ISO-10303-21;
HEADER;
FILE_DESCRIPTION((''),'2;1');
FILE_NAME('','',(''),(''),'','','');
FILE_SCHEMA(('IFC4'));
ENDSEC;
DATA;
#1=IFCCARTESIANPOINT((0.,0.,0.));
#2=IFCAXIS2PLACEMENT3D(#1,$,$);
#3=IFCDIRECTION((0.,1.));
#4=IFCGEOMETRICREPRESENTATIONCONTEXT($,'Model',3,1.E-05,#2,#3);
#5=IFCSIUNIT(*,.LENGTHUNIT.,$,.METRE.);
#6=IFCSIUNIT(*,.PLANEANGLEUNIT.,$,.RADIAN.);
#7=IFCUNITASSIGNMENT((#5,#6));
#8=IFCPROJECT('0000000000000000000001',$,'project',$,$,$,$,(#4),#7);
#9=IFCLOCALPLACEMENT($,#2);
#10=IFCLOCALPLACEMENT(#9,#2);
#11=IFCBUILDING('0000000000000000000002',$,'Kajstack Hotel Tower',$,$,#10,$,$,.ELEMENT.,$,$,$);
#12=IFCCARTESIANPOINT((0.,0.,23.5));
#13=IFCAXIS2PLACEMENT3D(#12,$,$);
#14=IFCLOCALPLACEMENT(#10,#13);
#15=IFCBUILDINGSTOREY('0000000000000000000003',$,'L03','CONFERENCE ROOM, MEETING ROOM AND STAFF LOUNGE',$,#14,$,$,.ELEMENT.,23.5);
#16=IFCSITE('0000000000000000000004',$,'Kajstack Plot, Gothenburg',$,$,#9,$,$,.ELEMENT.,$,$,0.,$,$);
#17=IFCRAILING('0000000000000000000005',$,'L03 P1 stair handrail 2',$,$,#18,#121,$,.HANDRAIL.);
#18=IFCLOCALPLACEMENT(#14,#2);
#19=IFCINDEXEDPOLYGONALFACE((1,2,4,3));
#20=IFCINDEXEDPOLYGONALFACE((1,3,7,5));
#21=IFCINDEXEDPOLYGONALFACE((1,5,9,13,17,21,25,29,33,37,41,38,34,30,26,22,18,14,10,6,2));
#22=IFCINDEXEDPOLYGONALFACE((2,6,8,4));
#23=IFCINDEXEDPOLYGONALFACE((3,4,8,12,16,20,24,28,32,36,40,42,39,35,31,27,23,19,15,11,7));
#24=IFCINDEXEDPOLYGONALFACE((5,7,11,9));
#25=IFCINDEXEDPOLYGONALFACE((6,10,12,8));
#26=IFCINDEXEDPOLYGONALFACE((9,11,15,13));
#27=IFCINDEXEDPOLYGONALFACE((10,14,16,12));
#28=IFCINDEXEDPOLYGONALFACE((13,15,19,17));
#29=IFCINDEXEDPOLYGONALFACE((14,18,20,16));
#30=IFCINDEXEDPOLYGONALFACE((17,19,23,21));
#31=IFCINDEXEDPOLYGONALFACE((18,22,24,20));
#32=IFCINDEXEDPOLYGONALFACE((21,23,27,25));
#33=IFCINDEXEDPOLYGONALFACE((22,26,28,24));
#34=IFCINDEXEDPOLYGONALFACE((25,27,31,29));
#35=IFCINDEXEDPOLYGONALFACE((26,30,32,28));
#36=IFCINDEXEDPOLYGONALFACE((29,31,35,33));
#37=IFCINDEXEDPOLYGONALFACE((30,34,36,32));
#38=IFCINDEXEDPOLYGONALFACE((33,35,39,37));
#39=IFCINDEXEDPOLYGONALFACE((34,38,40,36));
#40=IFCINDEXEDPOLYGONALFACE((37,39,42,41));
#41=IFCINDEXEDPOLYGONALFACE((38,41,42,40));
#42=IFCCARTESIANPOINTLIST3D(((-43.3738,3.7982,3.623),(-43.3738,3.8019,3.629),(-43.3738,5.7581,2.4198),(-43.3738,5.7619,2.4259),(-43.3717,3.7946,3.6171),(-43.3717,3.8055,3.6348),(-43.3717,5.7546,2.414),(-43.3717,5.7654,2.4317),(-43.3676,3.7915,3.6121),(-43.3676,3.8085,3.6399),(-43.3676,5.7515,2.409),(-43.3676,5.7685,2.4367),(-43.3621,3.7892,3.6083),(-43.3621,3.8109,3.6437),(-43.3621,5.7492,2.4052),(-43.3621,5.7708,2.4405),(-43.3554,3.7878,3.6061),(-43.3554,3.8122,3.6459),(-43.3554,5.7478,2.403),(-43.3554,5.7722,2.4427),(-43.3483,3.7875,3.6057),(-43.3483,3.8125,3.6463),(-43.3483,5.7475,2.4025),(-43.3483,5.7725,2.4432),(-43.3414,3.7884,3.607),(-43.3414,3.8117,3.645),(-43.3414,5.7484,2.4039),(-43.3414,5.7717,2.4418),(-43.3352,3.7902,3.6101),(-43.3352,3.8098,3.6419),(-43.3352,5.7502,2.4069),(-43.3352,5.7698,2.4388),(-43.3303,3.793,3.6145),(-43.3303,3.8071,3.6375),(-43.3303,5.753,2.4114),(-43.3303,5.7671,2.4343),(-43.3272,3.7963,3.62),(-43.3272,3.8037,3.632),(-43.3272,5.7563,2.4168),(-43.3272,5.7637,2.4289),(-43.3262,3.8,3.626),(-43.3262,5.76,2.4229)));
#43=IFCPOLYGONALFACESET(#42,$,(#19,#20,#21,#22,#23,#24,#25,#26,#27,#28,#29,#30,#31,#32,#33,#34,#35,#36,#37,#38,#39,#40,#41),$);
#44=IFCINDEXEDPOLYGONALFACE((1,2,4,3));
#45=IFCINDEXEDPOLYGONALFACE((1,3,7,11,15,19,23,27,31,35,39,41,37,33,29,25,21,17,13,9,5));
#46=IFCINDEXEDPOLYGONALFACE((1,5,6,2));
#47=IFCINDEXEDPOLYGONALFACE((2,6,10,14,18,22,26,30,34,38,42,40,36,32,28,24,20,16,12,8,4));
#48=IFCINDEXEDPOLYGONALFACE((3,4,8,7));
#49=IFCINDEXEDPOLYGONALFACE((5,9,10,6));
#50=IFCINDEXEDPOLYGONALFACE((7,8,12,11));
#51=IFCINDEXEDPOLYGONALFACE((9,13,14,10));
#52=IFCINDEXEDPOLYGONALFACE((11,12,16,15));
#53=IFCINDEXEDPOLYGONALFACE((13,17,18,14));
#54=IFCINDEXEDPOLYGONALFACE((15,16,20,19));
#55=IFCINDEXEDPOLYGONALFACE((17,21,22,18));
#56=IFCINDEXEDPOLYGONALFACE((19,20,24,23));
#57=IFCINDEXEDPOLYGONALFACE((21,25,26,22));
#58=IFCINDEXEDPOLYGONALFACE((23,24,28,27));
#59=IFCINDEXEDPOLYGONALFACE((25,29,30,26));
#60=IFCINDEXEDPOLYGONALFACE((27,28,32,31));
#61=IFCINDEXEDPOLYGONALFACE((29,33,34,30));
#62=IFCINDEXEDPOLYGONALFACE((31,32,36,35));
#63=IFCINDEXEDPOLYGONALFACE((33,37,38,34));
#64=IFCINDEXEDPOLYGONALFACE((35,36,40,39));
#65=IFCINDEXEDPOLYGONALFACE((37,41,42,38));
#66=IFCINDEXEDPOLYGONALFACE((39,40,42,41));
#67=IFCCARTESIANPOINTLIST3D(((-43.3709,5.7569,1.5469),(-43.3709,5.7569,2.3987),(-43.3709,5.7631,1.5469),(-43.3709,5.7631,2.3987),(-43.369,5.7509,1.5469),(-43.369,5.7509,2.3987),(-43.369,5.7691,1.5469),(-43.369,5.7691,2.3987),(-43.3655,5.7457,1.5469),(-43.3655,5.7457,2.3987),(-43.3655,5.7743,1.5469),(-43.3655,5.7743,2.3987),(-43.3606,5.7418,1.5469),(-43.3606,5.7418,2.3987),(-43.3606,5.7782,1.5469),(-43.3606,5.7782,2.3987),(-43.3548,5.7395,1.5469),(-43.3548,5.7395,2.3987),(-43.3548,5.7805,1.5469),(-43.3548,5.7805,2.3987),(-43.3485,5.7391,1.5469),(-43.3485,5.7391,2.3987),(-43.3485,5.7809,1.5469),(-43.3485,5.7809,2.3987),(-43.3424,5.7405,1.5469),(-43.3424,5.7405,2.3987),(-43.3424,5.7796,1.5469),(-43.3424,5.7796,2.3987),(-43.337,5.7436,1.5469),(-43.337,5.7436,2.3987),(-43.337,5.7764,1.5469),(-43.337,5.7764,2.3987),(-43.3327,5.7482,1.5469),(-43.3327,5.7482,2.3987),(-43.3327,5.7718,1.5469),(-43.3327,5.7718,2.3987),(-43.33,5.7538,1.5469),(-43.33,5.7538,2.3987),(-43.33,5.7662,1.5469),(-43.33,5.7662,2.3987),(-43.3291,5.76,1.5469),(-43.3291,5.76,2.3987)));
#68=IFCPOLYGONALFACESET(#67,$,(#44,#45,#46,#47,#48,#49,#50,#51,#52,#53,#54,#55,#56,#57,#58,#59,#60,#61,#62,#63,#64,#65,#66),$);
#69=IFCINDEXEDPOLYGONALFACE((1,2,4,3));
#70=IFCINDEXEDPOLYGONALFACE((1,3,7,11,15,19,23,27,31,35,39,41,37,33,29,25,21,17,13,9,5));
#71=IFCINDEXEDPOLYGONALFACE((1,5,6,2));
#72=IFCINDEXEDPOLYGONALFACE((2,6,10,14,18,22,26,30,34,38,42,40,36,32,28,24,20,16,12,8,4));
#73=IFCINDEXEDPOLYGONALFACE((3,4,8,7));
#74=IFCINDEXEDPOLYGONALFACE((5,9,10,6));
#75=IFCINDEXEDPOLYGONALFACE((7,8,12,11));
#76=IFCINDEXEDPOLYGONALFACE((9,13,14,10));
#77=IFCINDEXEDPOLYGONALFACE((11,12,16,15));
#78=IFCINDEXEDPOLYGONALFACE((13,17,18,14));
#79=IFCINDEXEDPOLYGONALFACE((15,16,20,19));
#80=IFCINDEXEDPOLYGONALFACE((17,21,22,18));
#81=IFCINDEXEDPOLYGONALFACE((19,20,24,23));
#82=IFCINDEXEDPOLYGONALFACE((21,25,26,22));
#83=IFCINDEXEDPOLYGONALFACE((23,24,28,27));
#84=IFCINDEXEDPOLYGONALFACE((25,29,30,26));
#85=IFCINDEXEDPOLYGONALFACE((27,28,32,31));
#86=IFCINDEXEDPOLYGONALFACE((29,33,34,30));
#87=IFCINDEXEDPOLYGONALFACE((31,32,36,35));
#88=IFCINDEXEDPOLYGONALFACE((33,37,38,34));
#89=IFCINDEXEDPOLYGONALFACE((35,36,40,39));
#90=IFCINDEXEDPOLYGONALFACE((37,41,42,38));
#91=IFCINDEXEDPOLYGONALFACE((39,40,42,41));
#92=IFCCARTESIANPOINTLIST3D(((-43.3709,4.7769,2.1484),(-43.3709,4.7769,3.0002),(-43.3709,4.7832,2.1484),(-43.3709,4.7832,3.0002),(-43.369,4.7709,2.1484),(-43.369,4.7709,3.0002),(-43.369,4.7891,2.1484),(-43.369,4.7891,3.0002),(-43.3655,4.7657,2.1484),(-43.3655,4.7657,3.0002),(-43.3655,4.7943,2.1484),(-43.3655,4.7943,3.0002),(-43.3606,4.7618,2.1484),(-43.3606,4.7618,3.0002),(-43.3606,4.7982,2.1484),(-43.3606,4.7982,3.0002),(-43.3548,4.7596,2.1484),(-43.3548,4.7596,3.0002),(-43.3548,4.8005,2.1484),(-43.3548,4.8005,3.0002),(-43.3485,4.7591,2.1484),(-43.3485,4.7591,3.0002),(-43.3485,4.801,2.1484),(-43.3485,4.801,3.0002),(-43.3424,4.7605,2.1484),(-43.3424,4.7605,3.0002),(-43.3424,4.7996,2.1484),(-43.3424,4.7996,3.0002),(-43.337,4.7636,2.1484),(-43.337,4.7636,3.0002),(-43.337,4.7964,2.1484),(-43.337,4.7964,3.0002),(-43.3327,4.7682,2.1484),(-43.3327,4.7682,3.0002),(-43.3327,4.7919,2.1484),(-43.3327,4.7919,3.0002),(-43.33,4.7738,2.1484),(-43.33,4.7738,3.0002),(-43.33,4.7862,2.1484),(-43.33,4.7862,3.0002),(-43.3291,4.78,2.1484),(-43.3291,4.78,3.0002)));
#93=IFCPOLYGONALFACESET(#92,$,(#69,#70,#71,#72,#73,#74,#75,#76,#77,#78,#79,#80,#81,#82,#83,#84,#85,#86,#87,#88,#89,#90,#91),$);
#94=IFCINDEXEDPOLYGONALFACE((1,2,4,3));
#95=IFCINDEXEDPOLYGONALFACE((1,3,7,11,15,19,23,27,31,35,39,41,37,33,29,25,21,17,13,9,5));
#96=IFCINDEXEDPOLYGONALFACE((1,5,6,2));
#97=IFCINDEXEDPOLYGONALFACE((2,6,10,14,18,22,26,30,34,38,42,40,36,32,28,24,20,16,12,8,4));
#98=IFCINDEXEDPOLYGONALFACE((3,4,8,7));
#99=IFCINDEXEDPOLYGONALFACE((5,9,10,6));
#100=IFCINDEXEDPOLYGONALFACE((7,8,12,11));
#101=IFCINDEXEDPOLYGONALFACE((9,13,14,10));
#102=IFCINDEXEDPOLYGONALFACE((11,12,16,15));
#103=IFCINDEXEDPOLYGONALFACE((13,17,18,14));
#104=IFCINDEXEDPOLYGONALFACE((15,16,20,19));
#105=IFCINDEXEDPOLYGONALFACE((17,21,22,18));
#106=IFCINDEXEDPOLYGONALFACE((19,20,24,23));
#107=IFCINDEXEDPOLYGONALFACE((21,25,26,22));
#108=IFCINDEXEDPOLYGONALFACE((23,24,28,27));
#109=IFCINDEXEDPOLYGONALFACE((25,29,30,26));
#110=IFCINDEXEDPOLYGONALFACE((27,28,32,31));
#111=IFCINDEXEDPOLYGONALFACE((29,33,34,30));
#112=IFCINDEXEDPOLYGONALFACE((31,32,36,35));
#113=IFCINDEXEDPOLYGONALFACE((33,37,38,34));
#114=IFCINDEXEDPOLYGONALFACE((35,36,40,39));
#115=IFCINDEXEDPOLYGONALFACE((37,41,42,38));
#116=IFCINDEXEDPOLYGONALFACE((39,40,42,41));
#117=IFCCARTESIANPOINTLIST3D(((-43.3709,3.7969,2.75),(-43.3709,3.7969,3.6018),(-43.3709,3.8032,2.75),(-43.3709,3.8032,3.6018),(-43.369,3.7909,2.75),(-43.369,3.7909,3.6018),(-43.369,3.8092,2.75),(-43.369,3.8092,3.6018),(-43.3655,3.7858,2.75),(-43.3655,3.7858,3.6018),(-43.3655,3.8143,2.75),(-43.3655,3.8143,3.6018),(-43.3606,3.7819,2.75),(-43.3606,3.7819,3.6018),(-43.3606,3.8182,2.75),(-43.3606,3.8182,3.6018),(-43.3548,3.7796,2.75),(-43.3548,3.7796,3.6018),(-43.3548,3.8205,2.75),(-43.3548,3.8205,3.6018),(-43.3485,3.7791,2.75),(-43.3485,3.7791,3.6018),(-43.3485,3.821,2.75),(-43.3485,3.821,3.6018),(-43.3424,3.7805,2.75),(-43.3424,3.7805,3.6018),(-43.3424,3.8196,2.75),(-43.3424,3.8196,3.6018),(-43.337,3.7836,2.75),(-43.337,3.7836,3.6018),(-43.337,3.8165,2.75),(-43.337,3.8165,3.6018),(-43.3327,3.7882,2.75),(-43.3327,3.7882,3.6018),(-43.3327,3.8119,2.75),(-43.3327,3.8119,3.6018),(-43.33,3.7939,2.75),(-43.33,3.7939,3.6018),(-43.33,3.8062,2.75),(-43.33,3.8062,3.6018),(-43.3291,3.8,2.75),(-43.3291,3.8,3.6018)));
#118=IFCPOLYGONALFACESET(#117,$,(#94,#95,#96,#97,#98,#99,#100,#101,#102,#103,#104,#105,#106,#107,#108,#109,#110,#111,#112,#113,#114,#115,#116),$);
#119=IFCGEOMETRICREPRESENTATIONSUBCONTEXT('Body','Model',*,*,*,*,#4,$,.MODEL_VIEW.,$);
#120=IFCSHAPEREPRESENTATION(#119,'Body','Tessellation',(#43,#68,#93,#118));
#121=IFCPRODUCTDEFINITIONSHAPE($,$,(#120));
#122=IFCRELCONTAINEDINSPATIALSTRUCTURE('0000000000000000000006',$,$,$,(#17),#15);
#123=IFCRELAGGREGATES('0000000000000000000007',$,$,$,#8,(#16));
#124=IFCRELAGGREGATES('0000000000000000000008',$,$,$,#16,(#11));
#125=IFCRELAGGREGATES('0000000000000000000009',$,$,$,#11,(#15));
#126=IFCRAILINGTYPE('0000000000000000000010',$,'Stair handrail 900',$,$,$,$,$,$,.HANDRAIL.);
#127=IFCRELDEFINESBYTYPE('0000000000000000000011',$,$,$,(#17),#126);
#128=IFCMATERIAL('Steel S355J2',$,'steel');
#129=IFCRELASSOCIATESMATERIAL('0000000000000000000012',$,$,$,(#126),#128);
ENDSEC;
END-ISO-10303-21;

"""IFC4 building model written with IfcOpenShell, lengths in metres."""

from ifc_helpers import new_model, si_unit, direction, frame, origin, origin_2d, place, context, subcontext, project, spatial, circle, extrude, material, type_object, element, save


model = new_model("IFC4")

# Units and contexts
model_context = context("Model", 3, precision=1e-05, world=origin(), true_north=direction((0.0, 1.0)))
body_context = subcontext(model_context, "Body", "Model", "MODEL_VIEW")
ifc_project = project(units=[si_unit("LENGTHUNIT", "METRE"), si_unit("PLANEANGLEUNIT", "RADIAN")], contexts=[model_context])

# Site, building, storey
site_placement = place(None, origin())
site = spatial("IfcSite", under=ifc_project, at=site_placement, Name="Kajstack Plot, Gothenburg", CompositionType="ELEMENT", RefElevation=0.0)
building_placement = place(site_placement, origin())
building = spatial("IfcBuilding", under=site, at=building_placement, Name="Kajstack Hotel Tower", CompositionType="ELEMENT")
storey_placement = place(building_placement, frame((0.0, 0.0, 23.5)))
storey = spatial("IfcBuildingStorey", under=building, at=storey_placement, Name="L03", Description="CONFERENCE ROOM, MEETING ROOM AND STAFF LOUNGE", CompositionType="ELEMENT", Elevation=23.5)

# Railing
ifc_material_1 = material(Name="Steel S355J2", Category="steel")
railing_type_1 = type_object("IfcRailingType", Name="Stair handrail 900", PredefinedType="HANDRAIL", material=ifc_material_1)
railing_1_placement = place(storey_placement, frame((-43.3501, 5.76, 1.5469)))
element("IfcRailing", 1, at=railing_1_placement, inside=storey, type_object=railing_type_1, Name="L03 P1 stair handrail 2", PredefinedType="HANDRAIL", context=body_context, shape_type="SweptSolid", body=[
    extrude(circle(Radius=0.0239, at=origin_2d()), frame((0.0, 0.0, 0.876), z_axis=(0.0, -0.852241, 0.523149), x_axis=(1.0, 0.0, 0.0)), (0.0, 0.0, 1.0), 2.2998),
    extrude(circle(Radius=0.021, at=origin_2d()), origin(), (0.0, 0.0, 1.0), 0.8518),
    extrude(circle(Radius=0.021, at=origin_2d()), frame((0.0, -0.98, 0.6016)), (0.0, 0.0, 1.0), 0.8518),
    extrude(circle(Radius=0.021, at=origin_2d()), frame((0.0, -1.96, 1.2031)), (0.0, 0.0, 1.0), 0.8518),
])

save(model, "model.ifc")
